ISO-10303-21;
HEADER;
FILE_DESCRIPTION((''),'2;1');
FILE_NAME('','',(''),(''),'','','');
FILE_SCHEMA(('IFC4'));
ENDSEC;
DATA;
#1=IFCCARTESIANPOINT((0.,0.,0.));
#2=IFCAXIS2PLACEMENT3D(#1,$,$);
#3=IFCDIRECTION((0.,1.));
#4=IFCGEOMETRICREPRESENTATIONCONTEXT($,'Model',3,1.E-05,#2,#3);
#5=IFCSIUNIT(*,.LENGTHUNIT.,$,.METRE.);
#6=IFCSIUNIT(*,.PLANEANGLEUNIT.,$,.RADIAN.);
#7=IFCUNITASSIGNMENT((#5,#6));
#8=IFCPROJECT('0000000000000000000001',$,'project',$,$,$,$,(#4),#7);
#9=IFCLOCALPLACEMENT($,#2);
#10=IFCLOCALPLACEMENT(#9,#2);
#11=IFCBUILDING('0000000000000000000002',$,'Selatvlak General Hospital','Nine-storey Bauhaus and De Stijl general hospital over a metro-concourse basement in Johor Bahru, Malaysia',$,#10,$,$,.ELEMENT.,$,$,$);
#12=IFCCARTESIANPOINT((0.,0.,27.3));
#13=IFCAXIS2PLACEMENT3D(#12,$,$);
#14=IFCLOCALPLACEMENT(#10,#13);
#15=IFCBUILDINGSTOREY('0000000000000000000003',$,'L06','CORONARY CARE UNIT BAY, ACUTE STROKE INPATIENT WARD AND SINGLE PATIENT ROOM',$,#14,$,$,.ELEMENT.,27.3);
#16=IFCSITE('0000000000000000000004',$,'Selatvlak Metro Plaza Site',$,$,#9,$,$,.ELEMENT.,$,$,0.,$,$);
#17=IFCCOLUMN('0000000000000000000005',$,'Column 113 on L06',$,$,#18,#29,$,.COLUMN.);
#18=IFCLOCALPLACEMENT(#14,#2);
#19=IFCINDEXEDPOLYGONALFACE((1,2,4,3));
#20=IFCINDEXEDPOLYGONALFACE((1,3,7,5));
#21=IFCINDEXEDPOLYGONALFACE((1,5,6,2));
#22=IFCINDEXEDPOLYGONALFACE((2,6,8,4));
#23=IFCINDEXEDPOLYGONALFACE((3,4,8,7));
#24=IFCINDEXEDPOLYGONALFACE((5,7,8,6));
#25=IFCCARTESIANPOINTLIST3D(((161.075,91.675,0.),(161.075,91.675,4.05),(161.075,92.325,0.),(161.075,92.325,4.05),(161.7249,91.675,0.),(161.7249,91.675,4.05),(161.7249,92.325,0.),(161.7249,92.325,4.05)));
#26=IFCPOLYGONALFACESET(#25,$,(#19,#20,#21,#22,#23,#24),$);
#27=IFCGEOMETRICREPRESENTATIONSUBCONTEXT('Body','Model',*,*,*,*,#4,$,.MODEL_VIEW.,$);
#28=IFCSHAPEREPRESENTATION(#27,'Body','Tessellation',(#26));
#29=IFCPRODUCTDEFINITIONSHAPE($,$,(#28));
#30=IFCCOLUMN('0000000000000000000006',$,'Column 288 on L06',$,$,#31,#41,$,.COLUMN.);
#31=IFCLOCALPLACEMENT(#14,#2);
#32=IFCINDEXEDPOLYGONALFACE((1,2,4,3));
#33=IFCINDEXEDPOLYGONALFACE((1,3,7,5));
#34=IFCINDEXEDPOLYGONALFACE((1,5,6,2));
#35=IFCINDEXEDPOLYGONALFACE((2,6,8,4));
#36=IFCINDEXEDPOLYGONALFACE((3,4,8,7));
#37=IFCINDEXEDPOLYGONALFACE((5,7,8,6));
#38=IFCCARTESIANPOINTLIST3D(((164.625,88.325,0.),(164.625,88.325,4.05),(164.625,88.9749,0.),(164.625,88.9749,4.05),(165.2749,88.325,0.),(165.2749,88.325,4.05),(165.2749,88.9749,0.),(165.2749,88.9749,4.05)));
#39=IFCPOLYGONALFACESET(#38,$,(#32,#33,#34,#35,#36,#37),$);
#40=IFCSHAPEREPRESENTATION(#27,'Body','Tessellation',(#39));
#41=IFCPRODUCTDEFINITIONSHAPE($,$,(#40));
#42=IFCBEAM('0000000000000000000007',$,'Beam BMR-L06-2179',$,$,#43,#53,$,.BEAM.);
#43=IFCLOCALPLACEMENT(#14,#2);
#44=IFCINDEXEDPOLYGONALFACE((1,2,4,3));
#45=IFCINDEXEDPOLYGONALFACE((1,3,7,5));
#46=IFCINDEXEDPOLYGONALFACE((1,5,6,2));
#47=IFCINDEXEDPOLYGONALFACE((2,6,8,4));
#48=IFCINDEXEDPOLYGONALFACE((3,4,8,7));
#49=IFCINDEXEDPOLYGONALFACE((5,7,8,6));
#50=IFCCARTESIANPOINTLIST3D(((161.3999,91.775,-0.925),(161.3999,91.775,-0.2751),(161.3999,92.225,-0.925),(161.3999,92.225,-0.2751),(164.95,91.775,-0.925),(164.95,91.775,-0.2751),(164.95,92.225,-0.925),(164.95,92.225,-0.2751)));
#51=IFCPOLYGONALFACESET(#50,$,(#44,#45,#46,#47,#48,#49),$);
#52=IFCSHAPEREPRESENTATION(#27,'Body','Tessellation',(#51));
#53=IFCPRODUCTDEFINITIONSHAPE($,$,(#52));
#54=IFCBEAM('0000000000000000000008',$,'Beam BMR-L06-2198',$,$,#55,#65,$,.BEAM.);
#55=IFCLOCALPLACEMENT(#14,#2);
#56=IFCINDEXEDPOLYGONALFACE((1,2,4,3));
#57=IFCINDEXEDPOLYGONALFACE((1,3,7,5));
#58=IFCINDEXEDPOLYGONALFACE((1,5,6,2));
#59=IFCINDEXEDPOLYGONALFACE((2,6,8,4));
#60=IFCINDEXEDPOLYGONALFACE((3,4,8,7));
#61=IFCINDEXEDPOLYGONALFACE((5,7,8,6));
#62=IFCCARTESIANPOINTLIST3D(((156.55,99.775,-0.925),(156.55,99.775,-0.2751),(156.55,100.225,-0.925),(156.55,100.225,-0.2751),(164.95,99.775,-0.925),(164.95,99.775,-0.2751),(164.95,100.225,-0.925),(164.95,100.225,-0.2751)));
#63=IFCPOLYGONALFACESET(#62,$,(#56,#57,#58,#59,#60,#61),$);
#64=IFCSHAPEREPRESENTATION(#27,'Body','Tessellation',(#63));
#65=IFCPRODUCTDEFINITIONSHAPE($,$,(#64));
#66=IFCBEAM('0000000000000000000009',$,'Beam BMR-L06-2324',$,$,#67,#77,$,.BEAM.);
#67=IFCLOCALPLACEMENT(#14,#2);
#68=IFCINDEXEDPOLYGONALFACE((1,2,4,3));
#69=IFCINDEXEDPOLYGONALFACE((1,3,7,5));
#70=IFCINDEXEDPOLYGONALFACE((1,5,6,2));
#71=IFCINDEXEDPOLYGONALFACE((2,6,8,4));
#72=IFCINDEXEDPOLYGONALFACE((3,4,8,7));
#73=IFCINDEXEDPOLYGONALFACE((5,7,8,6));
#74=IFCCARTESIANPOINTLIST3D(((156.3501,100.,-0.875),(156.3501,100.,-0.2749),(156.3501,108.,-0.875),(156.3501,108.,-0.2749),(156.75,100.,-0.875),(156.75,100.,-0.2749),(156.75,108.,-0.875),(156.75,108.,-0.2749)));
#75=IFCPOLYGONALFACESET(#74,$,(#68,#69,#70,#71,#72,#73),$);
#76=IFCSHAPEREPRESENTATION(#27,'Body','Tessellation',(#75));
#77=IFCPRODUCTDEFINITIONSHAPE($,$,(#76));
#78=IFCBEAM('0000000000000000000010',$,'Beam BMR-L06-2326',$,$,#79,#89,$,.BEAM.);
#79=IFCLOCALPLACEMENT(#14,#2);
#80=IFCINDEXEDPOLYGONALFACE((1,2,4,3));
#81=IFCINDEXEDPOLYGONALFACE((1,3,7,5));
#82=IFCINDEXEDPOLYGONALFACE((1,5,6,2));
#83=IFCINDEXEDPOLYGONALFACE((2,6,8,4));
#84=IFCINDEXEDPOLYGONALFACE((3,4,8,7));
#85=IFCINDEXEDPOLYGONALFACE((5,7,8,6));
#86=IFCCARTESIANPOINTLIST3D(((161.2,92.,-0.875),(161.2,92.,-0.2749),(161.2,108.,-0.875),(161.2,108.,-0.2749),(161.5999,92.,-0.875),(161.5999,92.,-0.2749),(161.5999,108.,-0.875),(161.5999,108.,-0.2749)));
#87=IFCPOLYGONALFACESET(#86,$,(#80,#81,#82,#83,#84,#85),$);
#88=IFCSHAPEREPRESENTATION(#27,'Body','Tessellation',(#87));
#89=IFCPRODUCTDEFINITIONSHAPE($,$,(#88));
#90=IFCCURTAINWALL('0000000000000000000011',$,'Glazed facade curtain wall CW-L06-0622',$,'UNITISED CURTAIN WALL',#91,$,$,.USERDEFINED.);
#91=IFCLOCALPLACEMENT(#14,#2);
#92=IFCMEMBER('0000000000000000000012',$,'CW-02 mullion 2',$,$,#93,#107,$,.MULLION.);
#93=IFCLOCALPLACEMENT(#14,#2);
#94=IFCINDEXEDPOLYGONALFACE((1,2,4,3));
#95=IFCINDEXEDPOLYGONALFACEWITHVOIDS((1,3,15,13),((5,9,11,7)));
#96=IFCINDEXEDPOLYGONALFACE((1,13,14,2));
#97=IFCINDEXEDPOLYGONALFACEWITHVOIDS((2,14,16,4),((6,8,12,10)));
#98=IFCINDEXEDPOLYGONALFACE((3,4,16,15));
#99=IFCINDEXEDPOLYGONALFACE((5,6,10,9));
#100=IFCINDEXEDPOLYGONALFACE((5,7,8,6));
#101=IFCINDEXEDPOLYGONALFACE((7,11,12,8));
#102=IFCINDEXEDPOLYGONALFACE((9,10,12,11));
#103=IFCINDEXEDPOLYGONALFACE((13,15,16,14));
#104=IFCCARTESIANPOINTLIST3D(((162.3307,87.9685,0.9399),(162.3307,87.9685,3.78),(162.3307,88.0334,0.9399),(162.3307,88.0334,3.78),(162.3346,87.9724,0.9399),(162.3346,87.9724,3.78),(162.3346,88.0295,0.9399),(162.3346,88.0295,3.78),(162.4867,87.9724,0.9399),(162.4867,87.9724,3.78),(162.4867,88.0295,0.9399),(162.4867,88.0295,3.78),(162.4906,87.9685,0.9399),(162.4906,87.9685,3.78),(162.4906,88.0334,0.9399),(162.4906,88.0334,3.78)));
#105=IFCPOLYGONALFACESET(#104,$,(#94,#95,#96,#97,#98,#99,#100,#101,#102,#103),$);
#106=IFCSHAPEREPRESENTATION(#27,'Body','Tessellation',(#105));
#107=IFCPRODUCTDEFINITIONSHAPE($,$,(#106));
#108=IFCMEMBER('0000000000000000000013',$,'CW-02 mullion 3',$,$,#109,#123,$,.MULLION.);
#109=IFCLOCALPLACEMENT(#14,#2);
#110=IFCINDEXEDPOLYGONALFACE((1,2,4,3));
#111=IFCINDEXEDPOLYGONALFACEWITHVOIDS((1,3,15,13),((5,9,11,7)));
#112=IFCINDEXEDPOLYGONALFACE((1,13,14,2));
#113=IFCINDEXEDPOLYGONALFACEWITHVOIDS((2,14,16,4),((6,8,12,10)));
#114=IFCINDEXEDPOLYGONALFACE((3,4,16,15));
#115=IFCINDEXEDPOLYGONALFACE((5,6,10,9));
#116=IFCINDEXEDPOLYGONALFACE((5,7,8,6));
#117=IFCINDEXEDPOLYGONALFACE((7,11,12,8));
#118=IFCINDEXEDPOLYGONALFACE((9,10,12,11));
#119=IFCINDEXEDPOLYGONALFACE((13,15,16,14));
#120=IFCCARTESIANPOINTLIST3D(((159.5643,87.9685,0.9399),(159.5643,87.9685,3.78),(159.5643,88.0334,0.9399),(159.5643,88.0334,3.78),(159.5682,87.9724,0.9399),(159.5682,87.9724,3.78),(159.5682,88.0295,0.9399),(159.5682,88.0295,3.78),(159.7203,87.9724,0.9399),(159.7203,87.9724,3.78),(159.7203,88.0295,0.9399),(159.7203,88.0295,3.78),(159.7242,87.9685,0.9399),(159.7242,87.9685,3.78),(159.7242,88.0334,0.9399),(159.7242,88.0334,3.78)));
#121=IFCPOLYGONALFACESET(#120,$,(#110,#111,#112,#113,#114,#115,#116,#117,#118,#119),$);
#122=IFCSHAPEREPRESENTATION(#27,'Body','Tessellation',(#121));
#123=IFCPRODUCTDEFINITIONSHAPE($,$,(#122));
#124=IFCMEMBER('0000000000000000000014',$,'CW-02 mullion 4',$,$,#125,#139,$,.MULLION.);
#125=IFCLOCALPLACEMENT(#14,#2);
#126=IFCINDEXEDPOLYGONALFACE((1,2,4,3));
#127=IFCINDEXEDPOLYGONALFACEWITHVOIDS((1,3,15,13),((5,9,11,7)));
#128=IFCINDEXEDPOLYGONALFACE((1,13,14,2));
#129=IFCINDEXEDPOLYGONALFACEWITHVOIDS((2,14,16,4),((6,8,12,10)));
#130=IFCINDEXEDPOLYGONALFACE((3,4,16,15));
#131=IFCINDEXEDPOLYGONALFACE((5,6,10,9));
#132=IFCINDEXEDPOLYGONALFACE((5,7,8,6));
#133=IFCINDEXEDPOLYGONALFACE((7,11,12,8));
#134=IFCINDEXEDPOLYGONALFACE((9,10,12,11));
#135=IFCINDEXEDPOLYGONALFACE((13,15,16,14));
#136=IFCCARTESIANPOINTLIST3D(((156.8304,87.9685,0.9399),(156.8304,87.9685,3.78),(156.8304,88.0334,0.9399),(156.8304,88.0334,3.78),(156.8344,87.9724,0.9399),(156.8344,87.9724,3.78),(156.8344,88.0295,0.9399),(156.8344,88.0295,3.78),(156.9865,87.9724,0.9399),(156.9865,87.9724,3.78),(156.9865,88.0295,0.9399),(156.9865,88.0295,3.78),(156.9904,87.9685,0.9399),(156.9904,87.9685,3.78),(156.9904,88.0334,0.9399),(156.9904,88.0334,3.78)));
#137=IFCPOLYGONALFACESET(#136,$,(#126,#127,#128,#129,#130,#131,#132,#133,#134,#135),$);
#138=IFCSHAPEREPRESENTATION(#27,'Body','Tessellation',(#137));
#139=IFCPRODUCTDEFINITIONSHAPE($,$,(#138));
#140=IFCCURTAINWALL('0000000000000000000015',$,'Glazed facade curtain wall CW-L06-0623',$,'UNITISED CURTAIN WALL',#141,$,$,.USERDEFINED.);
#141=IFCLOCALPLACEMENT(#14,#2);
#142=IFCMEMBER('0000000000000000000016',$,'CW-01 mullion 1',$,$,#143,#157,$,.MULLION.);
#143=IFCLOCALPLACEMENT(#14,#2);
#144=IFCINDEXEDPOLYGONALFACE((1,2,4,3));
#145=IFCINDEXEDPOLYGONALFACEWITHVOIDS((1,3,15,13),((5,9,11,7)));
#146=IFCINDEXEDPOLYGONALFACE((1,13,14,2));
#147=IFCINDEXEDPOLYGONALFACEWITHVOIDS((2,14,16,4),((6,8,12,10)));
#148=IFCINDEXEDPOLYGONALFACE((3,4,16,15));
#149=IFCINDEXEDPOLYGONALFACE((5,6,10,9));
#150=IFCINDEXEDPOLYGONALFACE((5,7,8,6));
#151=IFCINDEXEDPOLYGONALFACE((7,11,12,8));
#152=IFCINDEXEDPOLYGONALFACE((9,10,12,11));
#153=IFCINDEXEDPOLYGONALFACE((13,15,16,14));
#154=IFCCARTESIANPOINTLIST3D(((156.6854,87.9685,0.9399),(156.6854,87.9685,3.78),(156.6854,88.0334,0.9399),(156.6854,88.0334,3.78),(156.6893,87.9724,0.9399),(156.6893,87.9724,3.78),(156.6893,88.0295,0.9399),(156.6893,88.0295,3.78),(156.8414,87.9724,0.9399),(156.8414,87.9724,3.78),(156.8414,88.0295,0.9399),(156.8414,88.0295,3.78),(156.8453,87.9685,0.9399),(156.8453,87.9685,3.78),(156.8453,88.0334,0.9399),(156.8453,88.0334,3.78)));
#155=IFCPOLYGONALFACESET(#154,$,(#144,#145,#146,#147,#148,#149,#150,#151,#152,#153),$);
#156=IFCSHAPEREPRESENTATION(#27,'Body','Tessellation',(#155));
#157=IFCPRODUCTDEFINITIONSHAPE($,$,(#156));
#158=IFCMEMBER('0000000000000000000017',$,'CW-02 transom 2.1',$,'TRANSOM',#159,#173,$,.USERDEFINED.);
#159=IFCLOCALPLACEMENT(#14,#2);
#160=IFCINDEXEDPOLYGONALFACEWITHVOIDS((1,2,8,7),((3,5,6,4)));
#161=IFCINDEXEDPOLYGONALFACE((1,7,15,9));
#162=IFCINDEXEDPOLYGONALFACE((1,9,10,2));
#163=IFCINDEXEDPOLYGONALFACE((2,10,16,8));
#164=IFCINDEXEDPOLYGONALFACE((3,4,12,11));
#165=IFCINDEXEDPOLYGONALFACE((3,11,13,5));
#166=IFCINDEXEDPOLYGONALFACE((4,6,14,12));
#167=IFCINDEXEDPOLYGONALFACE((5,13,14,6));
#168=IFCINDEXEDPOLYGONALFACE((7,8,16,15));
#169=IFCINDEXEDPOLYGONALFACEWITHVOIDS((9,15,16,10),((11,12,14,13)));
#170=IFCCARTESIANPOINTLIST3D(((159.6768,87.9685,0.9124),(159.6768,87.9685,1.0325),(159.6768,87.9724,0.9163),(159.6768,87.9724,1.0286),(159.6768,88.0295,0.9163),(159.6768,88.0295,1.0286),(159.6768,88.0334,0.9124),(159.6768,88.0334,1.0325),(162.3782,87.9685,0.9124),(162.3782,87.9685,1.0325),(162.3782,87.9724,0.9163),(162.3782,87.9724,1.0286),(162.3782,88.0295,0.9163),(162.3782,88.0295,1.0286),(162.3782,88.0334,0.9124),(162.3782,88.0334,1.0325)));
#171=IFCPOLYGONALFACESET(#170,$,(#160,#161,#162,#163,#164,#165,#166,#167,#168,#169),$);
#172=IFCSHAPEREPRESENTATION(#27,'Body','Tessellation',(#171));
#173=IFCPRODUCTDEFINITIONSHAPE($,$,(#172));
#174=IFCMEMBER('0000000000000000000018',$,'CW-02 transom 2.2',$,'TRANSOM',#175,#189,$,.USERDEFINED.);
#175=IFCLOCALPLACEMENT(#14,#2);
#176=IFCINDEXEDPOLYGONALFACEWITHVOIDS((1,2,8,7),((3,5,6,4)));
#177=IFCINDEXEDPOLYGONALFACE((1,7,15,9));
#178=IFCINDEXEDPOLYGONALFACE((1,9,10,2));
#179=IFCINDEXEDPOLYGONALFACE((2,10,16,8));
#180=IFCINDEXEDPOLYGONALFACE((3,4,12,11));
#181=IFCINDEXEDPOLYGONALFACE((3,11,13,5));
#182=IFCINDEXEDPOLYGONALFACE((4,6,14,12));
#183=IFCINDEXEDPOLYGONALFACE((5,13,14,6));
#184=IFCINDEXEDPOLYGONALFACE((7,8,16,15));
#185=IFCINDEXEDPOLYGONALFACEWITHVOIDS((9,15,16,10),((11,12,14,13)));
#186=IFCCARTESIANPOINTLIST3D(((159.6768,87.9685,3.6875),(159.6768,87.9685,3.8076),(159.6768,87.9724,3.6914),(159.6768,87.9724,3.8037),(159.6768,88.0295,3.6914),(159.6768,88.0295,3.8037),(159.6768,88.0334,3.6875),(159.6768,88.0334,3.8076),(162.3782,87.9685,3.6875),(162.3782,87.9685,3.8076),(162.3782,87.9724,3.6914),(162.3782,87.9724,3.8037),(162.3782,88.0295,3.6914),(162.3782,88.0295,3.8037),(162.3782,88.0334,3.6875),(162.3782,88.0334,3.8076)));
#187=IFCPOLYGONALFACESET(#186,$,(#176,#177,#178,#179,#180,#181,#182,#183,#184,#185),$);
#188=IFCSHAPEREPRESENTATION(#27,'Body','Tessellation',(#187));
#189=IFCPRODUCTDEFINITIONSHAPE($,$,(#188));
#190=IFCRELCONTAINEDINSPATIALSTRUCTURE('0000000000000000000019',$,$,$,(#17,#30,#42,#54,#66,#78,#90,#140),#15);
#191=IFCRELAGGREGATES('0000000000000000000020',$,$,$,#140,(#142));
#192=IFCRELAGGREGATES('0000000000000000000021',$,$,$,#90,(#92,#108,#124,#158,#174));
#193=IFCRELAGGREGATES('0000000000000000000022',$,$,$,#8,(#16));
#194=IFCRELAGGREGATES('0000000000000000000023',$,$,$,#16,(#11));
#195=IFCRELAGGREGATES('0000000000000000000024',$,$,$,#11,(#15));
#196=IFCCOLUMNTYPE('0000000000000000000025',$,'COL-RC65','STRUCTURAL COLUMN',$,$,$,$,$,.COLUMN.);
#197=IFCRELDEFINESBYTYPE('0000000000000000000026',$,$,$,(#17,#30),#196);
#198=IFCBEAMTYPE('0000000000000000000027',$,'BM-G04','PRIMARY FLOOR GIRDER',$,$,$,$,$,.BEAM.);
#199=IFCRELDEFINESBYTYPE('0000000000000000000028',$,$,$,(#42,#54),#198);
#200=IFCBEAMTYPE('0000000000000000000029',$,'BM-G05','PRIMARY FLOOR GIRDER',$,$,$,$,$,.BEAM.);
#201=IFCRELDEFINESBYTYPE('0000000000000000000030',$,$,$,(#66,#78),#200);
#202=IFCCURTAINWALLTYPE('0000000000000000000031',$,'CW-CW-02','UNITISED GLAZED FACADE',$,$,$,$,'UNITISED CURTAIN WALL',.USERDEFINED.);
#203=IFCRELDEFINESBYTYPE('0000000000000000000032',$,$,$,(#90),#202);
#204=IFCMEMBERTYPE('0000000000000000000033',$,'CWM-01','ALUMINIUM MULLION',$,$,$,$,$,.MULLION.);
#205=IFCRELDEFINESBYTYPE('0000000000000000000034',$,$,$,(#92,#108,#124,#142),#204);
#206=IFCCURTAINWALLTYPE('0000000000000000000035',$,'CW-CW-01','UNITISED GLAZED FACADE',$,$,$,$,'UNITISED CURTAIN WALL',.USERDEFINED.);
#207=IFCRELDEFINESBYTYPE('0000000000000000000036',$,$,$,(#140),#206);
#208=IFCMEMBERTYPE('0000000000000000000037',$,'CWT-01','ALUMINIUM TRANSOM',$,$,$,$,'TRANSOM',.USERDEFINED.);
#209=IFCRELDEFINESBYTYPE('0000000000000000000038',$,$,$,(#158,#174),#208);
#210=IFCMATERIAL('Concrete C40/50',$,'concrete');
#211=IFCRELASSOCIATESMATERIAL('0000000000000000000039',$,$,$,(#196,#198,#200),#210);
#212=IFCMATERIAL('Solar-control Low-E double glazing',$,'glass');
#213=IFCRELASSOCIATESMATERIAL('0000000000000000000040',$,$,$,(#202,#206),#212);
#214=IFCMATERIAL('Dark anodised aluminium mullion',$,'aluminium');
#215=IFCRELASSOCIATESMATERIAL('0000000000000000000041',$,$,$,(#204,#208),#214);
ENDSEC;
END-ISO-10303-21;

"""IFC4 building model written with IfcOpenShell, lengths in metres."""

from ifc_helpers import new_model, si_unit, direction, frame, origin, origin_2d, place, context, subcontext, project, spatial, rectangle, hollow_rectangle, extrude, material, material_profile, profile_set, type_object, element, aggregate, save


model = new_model("IFC4")

# Units and contexts
model_context = context("Model", 3, precision=1e-05, world=origin(), true_north=direction((0.0, 1.0)))
body_context = subcontext(model_context, "Body", "Model", "MODEL_VIEW")
ifc_project = project(units=[si_unit("LENGTHUNIT", "METRE"), si_unit("PLANEANGLEUNIT", "RADIAN")], contexts=[model_context])

# Site, building, storey
site_placement = place(None, origin())
site = spatial("IfcSite", under=ifc_project, at=site_placement, Name="Selatvlak Metro Plaza Site", CompositionType="ELEMENT", RefElevation=0.0)
building_placement = place(site_placement, origin())
building = spatial("IfcBuilding", under=site, at=building_placement, Name="Selatvlak General Hospital", Description="Nine-storey Bauhaus and De Stijl general hospital over a metro-concourse basement in Johor Bahru, Malaysia", CompositionType="ELEMENT")
storey_placement = place(building_placement, frame((0.0, 0.0, 27.3)))
storey = spatial("IfcBuildingStorey", under=building, at=storey_placement, Name="L06", Description="CORONARY CARE UNIT BAY, ACUTE STROKE INPATIENT WARD AND SINGLE PATIENT ROOM", CompositionType="ELEMENT", Elevation=27.3)

# Columns
ifc_material_1 = material(Name="Concrete C40/50", Category="concrete")
ifc_material_profile_1 = material_profile(ifc_material_1, rectangle(XDim=0.6499, YDim=0.6499, at=origin_2d()), Name="RC-COL 650x650")
ifc_profile_set_1 = profile_set([ifc_material_profile_1], Name="Concrete C40/50")
column_type = type_object("IfcColumnType", Name="COL-RC65", Description="STRUCTURAL COLUMN", PredefinedType="COLUMN", material=ifc_profile_set_1)
for number, where, z_axis, x_axis, name in (
    (1, (161.3999, 92.0, 0.0), (0.0, 0.0, 1.0), (1.0, 0.0, 0.0), "Column 113 on L06"),
    (2, (164.95, 88.6499, 0.0), (0.0, 0.0, 1.0), (1.0, 0.0, 0.0), "Column 288 on L06"),
):
    element("IfcColumn", number, at=place(storey_placement, frame(where, z_axis=z_axis, x_axis=x_axis)), inside=storey, type_object=column_type, Name=name, PredefinedType="COLUMN", context=body_context, shape_type="SweptSolid", body=[
        extrude(rectangle(XDim=0.6499, YDim=0.6499, at=origin_2d()), origin(), (0.0, 0.0, 1.0), 4.05),
    ])

# Beams
ifc_material_profile_2 = material_profile(ifc_material_1, rectangle(XDim=0.45, YDim=0.6499, at=origin_2d()), Name="RC-BM 450x650")
ifc_profile_set_2 = profile_set([ifc_material_profile_2], Name="Concrete C40/50")
beam_type_1 = type_object("IfcBeamType", Name="BM-G04", Description="PRIMARY FLOOR GIRDER", PredefinedType="BEAM", material=ifc_profile_set_2)
beam_1_placement = place(storey_placement, frame((161.3999, 92.0, -0.6001), z_axis=(1.0, 0.0, 0.0), x_axis=(0.0, 1.0, 0.0)))
element("IfcBeam", 3, at=beam_1_placement, inside=storey, type_object=beam_type_1, Name="Beam BMR-L06-2179", PredefinedType="BEAM", context=body_context, shape_type="SweptSolid", body=[
    extrude(rectangle(XDim=0.45, YDim=0.6499, at=origin_2d()), origin(), (0.0, 0.0, 1.0), 3.55),
])
beam_2_placement = place(storey_placement, frame((156.55, 100.0, -0.6001), z_axis=(1.0, 0.0, 0.0), x_axis=(0.0, 1.0, 0.0)))
element("IfcBeam", 4, at=beam_2_placement, inside=storey, type_object=beam_type_1, Name="Beam BMR-L06-2198", PredefinedType="BEAM", context=body_context, shape_type="SweptSolid", body=[
    extrude(rectangle(XDim=0.45, YDim=0.6499, at=origin_2d()), origin(), (0.0, 0.0, 1.0), 8.3999),
])
ifc_material_profile_3 = material_profile(ifc_material_1, rectangle(XDim=0.3999, YDim=0.6001, at=origin_2d()), Name="RC-BM 400x600")
ifc_profile_set_3 = profile_set([ifc_material_profile_3], Name="Concrete C40/50")
beam_type_2 = type_object("IfcBeamType", Name="BM-G05", Description="PRIMARY FLOOR GIRDER", PredefinedType="BEAM", material=ifc_profile_set_3)
beam_3_placement = place(storey_placement, frame((156.55, 100.0, -0.575), z_axis=(0.0, 1.0, 0.0), x_axis=(-1.0, 0.0, 0.0)))
element("IfcBeam", 5, at=beam_3_placement, inside=storey, type_object=beam_type_2, Name="Beam BMR-L06-2324", PredefinedType="BEAM", context=body_context, shape_type="SweptSolid", body=[
    extrude(rectangle(XDim=0.3999, YDim=0.6001, at=origin_2d()), origin(), (0.0, 0.0, 1.0), 8.0),
])
beam_4_placement = place(storey_placement, frame((161.3999, 92.0, -0.575), z_axis=(0.0, 1.0, 0.0), x_axis=(-1.0, 0.0, 0.0)))
element("IfcBeam", 6, at=beam_4_placement, inside=storey, type_object=beam_type_2, Name="Beam BMR-L06-2326", PredefinedType="BEAM", context=body_context, shape_type="SweptSolid", body=[
    extrude(rectangle(XDim=0.3999, YDim=0.6001, at=origin_2d()), origin(), (0.0, 0.0, 1.0), 16.0),
])

# Curtain wall, members
ifc_material_2 = material(Name="Solar-control Low-E double glazing", Category="glass")
curtain_wall_type_1 = type_object("IfcCurtainWallType", Name="CW-CW-02", Description="UNITISED GLAZED FACADE", ElementType="UNITISED CURTAIN WALL", PredefinedType="USERDEFINED", material=ifc_material_2)
curtain_wall_1_placement = place(storey_placement, origin())
curtain_wall_1 = element("IfcCurtainWall", 7, at=curtain_wall_1_placement, inside=storey, type_object=curtain_wall_type_1, Name="Glazed facade curtain wall CW-L06-0622", ObjectType="UNITISED CURTAIN WALL", PredefinedType="USERDEFINED")
ifc_material_3 = material(Name="Dark anodised aluminium mullion", Category="aluminium")
ifc_material_profile_4 = material_profile(ifc_material_3, hollow_rectangle(XDim=0.0649, YDim=0.1599, WallThickness=0.0039, at=origin_2d()), Name="AL-MUL 65x160x4")
ifc_profile_set_4 = profile_set([ifc_material_profile_4], Name="Dark anodised aluminium mullion")
member_type_1 = type_object("IfcMemberType", Name="CWM-01", Description="ALUMINIUM MULLION", PredefinedType="MULLION", material=ifc_profile_set_4)
member_1_placement = place(storey_placement, frame((162.4106, 88.001, 0.9399), z_axis=(0.0, 0.0, 1.0), x_axis=(0.0, -1.0, 0.0)))
member_1 = element("IfcMember", 8, at=member_1_placement, type_object=member_type_1, Name="CW-02 mullion 2", PredefinedType="MULLION", context=body_context, shape_type="SweptSolid", body=[
    extrude(hollow_rectangle(XDim=0.0649, YDim=0.1599, WallThickness=0.0039, at=origin_2d()), origin(), (0.0, 0.0, 1.0), 2.8401),
])
member_2_placement = place(storey_placement, frame((159.6443, 88.001, 0.9399), z_axis=(0.0, 0.0, 1.0), x_axis=(0.0, -1.0, 0.0)))
member_2 = element("IfcMember", 9, at=member_2_placement, type_object=member_type_1, Name="CW-02 mullion 3", PredefinedType="MULLION", context=body_context, shape_type="SweptSolid", body=[
    extrude(hollow_rectangle(XDim=0.0649, YDim=0.1599, WallThickness=0.0039, at=origin_2d()), origin(), (0.0, 0.0, 1.0), 2.8401),
])
member_3_placement = place(storey_placement, frame((156.9104, 88.001, 0.9399), z_axis=(0.0, 0.0, 1.0), x_axis=(0.0, -1.0, 0.0)))
member_3 = element("IfcMember", 10, at=member_3_placement, type_object=member_type_1, Name="CW-02 mullion 4", PredefinedType="MULLION", context=body_context, shape_type="SweptSolid", body=[
    extrude(hollow_rectangle(XDim=0.0649, YDim=0.1599, WallThickness=0.0039, at=origin_2d()), origin(), (0.0, 0.0, 1.0), 2.8401),
])

# Curtain wall, member
curtain_wall_type_2 = type_object("IfcCurtainWallType", Name="CW-CW-01", Description="UNITISED GLAZED FACADE", ElementType="UNITISED CURTAIN WALL", PredefinedType="USERDEFINED", material=ifc_material_2)
curtain_wall_2_placement = place(storey_placement, origin())
curtain_wall_2 = element("IfcCurtainWall", 11, at=curtain_wall_2_placement, inside=storey, type_object=curtain_wall_type_2, Name="Glazed facade curtain wall CW-L06-0623", ObjectType="UNITISED CURTAIN WALL", PredefinedType="USERDEFINED")
member_4_placement = place(storey_placement, frame((156.7654, 88.001, 0.9399), z_axis=(0.0, 0.0, 1.0), x_axis=(0.0, -1.0, 0.0)))
member_4 = element("IfcMember", 12, at=member_4_placement, type_object=member_type_1, Name="CW-01 mullion 1", PredefinedType="MULLION", context=body_context, shape_type="SweptSolid", body=[
    extrude(hollow_rectangle(XDim=0.0649, YDim=0.1599, WallThickness=0.0039, at=origin_2d()), origin(), (0.0, 0.0, 1.0), 2.8401),
])

# Members
ifc_material_profile_5 = material_profile(ifc_material_3, hollow_rectangle(XDim=0.0649, YDim=0.1201, WallThickness=0.0039, at=origin_2d()), Name="AL-TRN 65x120x4")
ifc_profile_set_5 = profile_set([ifc_material_profile_5], Name="Dark anodised aluminium mullion")
member_type_2 = type_object("IfcMemberType", Name="CWT-01", Description="ALUMINIUM TRANSOM", ElementType="TRANSOM", PredefinedType="USERDEFINED", material=ifc_profile_set_5)
member_5_placement = place(storey_placement, frame((162.3782, 88.001, 0.9724), z_axis=(-1.0, 0.0, 0.0), x_axis=(0.0, -1.0, 0.0)))
member_5 = element("IfcMember", 13, at=member_5_placement, type_object=member_type_2, Name="CW-02 transom 2.1", ObjectType="TRANSOM", PredefinedType="USERDEFINED", context=body_context, shape_type="SweptSolid", body=[
    extrude(hollow_rectangle(XDim=0.0649, YDim=0.1201, WallThickness=0.0039, at=origin_2d()), origin(), (0.0, 0.0, 1.0), 2.7014),
])
member_6_placement = place(storey_placement, frame((162.3782, 88.001, 3.7476), z_axis=(-1.0, 0.0, 0.0), x_axis=(0.0, -1.0, 0.0)))
member_6 = element("IfcMember", 14, at=member_6_placement, type_object=member_type_2, Name="CW-02 transom 2.2", ObjectType="TRANSOM", PredefinedType="USERDEFINED", context=body_context, shape_type="SweptSolid", body=[
    extrude(hollow_rectangle(XDim=0.0649, YDim=0.1201, WallThickness=0.0039, at=origin_2d()), origin(), (0.0, 0.0, 1.0), 2.7014),
])
aggregate(curtain_wall_2, [member_4])

aggregate(curtain_wall_1, [member_1, member_2, member_3, member_5, member_6])

save(model, "model.ifc")
